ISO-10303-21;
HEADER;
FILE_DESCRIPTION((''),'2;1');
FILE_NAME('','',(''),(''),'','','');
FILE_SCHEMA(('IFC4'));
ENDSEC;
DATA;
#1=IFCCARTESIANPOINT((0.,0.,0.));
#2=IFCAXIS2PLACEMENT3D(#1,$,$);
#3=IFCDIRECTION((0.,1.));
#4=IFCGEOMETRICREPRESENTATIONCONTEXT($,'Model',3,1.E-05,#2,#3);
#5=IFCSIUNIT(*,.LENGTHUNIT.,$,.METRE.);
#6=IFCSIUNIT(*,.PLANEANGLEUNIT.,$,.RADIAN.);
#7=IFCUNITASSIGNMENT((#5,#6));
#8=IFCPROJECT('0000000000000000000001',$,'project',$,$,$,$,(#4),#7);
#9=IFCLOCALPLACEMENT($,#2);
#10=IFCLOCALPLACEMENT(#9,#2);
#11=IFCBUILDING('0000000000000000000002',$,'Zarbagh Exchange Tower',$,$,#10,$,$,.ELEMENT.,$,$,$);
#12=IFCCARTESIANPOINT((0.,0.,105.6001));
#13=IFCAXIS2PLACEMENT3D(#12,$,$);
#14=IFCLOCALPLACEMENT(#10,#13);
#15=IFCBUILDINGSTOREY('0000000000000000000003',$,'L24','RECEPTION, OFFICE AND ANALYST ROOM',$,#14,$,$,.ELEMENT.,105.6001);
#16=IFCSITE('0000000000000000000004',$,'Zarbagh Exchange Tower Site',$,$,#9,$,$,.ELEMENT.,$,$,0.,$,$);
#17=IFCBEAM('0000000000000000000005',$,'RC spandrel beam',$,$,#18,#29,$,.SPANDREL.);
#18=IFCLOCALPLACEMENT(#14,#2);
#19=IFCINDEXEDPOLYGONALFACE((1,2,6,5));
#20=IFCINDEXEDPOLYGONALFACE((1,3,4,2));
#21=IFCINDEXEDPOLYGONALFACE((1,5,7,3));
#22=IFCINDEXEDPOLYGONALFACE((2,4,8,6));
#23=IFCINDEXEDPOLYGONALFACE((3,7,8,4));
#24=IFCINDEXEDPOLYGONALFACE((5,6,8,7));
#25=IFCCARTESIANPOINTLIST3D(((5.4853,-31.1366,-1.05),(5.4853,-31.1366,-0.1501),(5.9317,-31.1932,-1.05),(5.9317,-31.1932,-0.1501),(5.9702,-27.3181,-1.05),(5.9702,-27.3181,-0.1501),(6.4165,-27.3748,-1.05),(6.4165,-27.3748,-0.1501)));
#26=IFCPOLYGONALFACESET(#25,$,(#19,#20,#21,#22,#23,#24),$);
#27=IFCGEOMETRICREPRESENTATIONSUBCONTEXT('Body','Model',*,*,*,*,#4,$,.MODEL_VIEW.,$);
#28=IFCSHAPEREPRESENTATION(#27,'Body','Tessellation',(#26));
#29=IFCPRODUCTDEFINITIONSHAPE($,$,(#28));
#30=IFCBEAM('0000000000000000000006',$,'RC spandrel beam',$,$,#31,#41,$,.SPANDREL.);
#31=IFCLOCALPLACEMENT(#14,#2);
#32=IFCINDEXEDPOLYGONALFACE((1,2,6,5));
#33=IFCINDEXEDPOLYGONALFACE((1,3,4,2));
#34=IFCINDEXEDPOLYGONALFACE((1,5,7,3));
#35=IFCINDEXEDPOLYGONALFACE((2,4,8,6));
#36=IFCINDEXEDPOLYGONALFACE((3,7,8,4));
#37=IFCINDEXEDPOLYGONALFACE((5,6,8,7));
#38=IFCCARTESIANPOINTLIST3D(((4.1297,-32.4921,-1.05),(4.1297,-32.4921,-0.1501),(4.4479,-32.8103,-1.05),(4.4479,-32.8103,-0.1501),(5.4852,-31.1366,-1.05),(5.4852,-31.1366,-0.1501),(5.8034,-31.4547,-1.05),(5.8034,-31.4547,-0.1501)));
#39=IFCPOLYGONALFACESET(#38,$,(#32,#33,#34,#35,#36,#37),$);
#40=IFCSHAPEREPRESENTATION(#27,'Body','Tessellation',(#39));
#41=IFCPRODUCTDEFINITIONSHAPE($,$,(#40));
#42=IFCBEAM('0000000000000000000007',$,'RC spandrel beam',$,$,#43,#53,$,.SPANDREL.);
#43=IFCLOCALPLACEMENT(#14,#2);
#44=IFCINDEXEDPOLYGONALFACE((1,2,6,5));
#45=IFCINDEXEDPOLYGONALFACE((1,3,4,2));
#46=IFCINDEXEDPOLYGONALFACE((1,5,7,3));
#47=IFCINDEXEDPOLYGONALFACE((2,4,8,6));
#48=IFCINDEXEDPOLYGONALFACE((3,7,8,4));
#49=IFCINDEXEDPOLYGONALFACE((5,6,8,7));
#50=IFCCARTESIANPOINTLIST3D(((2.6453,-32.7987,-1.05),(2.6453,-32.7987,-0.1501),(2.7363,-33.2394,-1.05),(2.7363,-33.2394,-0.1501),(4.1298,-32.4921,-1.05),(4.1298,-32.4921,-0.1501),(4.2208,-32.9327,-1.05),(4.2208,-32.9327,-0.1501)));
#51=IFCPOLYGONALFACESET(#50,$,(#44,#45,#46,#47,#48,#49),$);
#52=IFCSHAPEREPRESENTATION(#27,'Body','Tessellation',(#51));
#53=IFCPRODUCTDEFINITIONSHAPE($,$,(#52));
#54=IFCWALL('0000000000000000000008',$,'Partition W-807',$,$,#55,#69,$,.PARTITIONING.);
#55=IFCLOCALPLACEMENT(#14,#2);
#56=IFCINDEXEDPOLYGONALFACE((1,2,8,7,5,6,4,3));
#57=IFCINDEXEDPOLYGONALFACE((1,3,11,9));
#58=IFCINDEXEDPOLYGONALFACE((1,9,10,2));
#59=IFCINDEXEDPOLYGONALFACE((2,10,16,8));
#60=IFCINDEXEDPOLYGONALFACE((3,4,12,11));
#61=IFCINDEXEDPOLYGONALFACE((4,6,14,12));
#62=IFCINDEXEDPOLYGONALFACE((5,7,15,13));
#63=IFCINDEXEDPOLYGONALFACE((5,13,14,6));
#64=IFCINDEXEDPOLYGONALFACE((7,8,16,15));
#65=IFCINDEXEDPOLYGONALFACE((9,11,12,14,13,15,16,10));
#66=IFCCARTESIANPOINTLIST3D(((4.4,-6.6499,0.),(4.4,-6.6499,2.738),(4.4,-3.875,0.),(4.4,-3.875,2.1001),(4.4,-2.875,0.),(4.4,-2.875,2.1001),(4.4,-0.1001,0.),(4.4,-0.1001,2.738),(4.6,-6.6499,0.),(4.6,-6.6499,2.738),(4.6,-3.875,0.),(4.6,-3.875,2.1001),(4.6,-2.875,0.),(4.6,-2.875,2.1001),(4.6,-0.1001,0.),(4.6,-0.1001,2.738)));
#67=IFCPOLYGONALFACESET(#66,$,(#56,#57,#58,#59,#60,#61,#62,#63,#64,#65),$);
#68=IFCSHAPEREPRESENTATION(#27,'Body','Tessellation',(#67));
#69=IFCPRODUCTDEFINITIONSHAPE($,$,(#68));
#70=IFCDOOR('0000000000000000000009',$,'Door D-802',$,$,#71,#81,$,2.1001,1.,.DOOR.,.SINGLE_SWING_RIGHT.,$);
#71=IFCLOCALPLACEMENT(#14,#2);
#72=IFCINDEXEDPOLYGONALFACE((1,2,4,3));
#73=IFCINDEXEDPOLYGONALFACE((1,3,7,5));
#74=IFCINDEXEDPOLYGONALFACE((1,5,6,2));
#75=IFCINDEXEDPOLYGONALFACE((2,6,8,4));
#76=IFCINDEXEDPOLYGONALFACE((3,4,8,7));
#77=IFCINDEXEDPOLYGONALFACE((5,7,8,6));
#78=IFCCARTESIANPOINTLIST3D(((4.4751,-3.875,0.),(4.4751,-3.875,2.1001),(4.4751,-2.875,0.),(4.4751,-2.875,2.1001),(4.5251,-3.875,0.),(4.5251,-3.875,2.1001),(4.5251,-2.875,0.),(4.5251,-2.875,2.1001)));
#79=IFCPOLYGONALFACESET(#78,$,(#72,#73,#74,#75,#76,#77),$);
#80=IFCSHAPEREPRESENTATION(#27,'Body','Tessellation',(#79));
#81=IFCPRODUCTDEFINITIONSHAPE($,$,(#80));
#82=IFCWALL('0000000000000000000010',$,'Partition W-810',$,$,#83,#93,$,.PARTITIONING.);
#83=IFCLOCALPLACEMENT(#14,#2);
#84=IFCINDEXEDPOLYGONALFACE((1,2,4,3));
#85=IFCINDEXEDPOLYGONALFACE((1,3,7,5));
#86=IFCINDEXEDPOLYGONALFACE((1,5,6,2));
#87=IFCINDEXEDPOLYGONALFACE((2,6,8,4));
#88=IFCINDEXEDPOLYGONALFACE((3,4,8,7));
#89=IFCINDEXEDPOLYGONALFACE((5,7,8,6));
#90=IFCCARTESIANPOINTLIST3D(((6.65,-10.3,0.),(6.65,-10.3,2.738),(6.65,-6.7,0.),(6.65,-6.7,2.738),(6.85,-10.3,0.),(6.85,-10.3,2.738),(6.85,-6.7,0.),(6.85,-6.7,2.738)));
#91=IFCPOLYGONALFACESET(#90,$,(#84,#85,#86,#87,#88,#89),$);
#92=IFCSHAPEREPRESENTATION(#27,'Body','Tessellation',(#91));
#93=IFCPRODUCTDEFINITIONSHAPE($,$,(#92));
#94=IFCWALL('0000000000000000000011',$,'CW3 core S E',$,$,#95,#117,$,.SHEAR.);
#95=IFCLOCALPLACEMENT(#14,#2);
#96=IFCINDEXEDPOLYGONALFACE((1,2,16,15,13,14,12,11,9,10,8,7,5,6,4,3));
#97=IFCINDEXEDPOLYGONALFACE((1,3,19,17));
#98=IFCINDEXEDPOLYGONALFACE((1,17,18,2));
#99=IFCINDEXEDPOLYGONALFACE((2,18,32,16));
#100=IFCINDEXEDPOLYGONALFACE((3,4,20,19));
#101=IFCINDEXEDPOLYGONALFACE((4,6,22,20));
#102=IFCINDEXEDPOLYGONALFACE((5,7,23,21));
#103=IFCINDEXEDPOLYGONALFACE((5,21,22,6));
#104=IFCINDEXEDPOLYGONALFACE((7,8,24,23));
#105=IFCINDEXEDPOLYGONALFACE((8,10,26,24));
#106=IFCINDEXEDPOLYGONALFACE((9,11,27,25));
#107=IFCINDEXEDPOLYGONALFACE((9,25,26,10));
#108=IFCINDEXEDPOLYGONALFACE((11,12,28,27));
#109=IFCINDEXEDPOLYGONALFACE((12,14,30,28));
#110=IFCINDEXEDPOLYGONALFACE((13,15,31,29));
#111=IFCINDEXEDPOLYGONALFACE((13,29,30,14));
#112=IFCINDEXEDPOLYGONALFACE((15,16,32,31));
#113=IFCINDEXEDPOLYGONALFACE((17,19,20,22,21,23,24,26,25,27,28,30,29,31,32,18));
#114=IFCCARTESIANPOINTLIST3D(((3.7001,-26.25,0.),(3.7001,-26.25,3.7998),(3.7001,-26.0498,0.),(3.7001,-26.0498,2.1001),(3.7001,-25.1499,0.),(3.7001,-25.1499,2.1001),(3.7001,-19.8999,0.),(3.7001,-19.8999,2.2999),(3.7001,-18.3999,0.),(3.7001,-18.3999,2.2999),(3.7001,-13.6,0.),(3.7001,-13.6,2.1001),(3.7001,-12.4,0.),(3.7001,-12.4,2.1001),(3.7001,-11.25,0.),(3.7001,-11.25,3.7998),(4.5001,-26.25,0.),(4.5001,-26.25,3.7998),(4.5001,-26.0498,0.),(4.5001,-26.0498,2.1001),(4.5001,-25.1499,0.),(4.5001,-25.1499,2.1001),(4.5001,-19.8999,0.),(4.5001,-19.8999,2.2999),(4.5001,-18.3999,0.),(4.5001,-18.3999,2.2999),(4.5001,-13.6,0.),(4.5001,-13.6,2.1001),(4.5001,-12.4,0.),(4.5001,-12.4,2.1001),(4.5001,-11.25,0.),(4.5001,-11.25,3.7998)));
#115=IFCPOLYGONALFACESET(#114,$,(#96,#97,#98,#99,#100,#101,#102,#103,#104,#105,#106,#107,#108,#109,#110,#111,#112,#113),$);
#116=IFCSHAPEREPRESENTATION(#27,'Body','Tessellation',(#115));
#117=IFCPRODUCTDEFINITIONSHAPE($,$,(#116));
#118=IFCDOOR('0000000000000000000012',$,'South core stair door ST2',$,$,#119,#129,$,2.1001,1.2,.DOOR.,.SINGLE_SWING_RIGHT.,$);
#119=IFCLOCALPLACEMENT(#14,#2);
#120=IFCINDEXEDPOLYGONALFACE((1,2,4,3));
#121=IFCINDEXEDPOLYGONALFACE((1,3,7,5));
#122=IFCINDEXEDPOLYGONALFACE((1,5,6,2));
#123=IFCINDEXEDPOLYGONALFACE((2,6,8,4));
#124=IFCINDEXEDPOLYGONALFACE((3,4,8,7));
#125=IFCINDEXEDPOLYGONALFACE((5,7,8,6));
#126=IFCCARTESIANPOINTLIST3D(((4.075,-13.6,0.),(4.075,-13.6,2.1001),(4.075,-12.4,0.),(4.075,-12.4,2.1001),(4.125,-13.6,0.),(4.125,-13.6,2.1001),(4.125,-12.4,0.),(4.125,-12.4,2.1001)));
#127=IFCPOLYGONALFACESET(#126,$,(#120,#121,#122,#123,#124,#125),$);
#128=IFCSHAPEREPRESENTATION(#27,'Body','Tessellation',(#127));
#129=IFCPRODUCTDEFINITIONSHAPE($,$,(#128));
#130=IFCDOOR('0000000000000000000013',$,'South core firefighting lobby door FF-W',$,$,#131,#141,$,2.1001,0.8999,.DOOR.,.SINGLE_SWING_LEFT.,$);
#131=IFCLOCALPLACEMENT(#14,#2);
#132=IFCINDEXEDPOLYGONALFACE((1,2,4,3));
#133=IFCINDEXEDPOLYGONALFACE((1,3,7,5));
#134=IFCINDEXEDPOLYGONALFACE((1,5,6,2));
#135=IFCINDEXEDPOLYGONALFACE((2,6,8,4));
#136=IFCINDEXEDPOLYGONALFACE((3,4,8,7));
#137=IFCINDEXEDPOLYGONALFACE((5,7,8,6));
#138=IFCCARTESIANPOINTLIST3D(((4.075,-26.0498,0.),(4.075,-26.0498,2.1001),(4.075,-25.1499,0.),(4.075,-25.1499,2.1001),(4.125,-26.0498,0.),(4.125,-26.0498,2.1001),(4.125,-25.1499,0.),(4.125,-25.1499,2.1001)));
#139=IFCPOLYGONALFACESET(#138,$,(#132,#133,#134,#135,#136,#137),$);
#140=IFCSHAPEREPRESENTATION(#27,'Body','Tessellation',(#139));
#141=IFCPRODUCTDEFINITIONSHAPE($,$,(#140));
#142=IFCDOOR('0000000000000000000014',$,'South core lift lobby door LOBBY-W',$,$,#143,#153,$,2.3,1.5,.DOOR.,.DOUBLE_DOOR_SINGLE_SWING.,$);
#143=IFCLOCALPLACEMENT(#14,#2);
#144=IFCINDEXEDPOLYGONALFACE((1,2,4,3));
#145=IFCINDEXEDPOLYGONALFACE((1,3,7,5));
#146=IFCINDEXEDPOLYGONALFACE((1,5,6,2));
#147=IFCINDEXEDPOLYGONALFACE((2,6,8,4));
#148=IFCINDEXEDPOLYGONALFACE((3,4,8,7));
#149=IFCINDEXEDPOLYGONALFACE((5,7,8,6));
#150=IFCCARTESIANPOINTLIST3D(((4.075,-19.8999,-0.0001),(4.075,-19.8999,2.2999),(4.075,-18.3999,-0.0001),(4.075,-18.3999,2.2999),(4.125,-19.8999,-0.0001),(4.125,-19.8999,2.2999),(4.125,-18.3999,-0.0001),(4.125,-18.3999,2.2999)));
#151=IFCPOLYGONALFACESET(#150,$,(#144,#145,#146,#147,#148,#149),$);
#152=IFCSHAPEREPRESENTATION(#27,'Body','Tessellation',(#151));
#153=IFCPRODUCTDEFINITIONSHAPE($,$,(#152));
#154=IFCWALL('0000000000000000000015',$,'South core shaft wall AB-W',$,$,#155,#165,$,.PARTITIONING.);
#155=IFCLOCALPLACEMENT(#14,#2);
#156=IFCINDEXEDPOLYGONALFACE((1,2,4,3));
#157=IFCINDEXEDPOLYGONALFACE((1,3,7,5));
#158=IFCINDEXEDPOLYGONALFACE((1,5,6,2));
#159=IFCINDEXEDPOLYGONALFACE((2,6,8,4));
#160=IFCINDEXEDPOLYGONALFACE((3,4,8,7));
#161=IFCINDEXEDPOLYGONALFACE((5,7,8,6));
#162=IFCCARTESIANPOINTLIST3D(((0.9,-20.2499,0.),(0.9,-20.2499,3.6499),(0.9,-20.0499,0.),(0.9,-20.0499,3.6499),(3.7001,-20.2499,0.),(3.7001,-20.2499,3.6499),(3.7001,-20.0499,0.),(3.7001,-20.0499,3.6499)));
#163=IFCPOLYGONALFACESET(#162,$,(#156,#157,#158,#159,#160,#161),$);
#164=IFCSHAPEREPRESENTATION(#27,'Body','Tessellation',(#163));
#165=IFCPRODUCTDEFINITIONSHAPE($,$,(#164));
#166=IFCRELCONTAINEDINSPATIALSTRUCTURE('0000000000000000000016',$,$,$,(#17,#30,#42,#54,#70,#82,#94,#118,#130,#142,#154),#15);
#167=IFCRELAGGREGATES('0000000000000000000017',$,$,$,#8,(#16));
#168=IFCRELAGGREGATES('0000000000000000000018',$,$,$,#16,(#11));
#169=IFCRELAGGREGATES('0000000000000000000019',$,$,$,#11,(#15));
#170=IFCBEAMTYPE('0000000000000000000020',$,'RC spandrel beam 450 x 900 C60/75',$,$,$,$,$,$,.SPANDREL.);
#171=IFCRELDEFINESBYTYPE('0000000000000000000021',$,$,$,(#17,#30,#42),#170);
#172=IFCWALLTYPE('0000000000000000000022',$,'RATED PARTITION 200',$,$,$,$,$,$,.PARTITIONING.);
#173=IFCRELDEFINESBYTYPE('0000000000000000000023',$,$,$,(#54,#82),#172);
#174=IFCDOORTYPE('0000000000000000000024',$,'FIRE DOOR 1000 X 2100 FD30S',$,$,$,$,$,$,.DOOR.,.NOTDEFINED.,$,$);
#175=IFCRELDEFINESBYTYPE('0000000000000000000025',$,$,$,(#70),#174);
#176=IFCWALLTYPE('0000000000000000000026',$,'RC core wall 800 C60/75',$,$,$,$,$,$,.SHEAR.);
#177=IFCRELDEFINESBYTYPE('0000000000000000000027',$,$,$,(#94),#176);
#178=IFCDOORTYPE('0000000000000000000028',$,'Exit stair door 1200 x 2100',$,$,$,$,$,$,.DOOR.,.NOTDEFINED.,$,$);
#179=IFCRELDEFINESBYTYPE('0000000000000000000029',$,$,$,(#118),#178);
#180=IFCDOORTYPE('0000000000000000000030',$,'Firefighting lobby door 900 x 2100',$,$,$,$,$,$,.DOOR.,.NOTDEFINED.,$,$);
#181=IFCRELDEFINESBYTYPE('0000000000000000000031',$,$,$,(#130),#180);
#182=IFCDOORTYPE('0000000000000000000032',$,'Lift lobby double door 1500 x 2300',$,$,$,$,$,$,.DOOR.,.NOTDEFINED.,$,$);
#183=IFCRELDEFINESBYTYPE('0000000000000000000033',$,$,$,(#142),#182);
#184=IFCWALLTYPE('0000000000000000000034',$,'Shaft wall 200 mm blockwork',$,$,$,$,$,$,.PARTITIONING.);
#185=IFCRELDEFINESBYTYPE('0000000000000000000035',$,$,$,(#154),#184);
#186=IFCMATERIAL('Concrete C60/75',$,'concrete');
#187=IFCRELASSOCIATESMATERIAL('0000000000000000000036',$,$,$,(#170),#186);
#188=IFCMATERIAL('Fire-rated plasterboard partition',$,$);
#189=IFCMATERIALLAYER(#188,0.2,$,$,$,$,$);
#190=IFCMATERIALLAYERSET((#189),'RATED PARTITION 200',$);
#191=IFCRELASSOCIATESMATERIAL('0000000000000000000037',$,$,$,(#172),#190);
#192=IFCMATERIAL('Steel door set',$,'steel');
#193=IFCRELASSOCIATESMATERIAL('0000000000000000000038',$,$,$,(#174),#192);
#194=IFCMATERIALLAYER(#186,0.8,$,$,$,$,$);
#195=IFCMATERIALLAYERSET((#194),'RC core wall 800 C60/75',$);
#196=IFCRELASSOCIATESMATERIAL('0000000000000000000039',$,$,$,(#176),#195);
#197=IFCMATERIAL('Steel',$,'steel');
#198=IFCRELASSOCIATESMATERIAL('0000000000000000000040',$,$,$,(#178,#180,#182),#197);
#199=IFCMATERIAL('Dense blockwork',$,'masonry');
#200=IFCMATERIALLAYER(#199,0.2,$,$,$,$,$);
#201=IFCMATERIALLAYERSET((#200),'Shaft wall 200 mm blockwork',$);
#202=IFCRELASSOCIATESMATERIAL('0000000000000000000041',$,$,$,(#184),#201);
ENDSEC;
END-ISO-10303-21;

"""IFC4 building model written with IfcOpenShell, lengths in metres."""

from ifc_helpers import new_model, si_unit, direction, frame, frame_2d, origin, origin_2d, place, context, subcontext, project, spatial, rectangle, extrude, material, layer, layer_set, material_profile, profile_set, type_object, element, fill, save


model = new_model("IFC4")

# Units and contexts
model_context = context("Model", 3, precision=1e-05, world=origin(), true_north=direction((0.0, 1.0)))
body_context = subcontext(model_context, "Body", "Model", "MODEL_VIEW")
ifc_project = project(units=[si_unit("LENGTHUNIT", "METRE"), si_unit("PLANEANGLEUNIT", "RADIAN")], contexts=[model_context])

# Site, building, storey
site_placement = place(None, origin())
site = spatial("IfcSite", under=ifc_project, at=site_placement, Name="Zarbagh Exchange Tower Site", CompositionType="ELEMENT", RefElevation=0.0)
building_placement = place(site_placement, origin())
building = spatial("IfcBuilding", under=site, at=building_placement, Name="Zarbagh Exchange Tower", CompositionType="ELEMENT")
storey_placement = place(building_placement, frame((0.0, 0.0, 105.6001)))
storey = spatial("IfcBuildingStorey", under=building, at=storey_placement, Name="L24", Description="RECEPTION, OFFICE AND ANALYST ROOM", CompositionType="ELEMENT", Elevation=105.6001)

# Shared definitions
ifc_material_1 = material(Name="Concrete C60/75", Category="concrete")

# Beams
ifc_material_profile_1 = material_profile(ifc_material_1, rectangle(XDim=0.45, YDim=0.8999, at=origin_2d()), Name="RC spandrel beam 450 x 900 C60/75")
ifc_profile_set_1 = profile_set([ifc_material_profile_1], Name="Concrete C60/75")
beam_type_1 = type_object("IfcBeamType", Name="RC spandrel beam 450 x 900 C60/75", PredefinedType="SPANDREL", material=ifc_profile_set_1)
beam_1_placement = place(storey_placement, frame((6.1934, -27.3464, -0.6001), z_axis=(-0.125971, -0.992034, 0.0), x_axis=(0.992034, -0.125971, 0.0)))
element("IfcBeam", 1, at=beam_1_placement, inside=storey, type_object=beam_type_1, Name="RC spandrel beam", PredefinedType="SPANDREL", context=body_context, shape_type="SweptSolid", body=[
    extrude(rectangle(XDim=0.45, YDim=0.8999, at=origin_2d()), origin(), (0.0, 0.0, 1.0), 3.8491),
])
beam_2_placement = place(storey_placement, frame((5.6443, -31.2957, -0.6001), z_axis=(-0.707107, -0.707107, 0.0), x_axis=(0.707107, -0.707107, 0.0)))
element("IfcBeam", 2, at=beam_2_placement, inside=storey, type_object=beam_type_1, Name="RC spandrel beam", PredefinedType="SPANDREL", context=body_context, shape_type="SweptSolid", body=[
    extrude(rectangle(XDim=0.45, YDim=0.8999, at=origin_2d()), origin(), (0.0, 0.0, 1.0), 1.917),
])
beam_3_placement = place(storey_placement, frame((4.1753, -32.7124, -0.6001), z_axis=(-0.979329, -0.202275, 0.0), x_axis=(0.202275, -0.979329, 0.0)))
element("IfcBeam", 3, at=beam_3_placement, inside=storey, type_object=beam_type_1, Name="RC spandrel beam", PredefinedType="SPANDREL", context=body_context, shape_type="SweptSolid", body=[
    extrude(rectangle(XDim=0.45, YDim=0.8999, at=origin_2d()), origin(), (0.0, 0.0, 1.0), 1.5159),
])

# Wall, opening, door
ifc_material_2 = material(Name="Fire-rated plasterboard partition")
ifc_layer_1 = layer(ifc_material_2, 0.2)
ifc_layer_set_1 = layer_set([ifc_layer_1], Name="RATED PARTITION 200")
wall_type_1 = type_object("IfcWallType", Name="RATED PARTITION 200", PredefinedType="PARTITIONING", material=ifc_layer_set_1)
wall_1_placement = place(storey_placement, frame((4.5, -6.6499, 0.0), z_axis=(0.0, 0.0, 1.0), x_axis=(0.0, 1.0, 0.0)))
wall_1 = element("IfcWall", 4, at=wall_1_placement, inside=storey, type_object=wall_type_1, Name="Partition W-807", PredefinedType="PARTITIONING", context=body_context, shape_type="SweptSolid", body=[
    extrude(rectangle(XDim=6.5498, YDim=0.2, at=frame_2d((3.2749, 0.0))), origin(), (0.0, 0.0, 1.0), 2.738),
])
opening_1_placement = place(wall_1_placement, frame((2.7749, 0.0, 0.0)))
opening_1 = element("IfcOpeningElement", 5, at=opening_1_placement, cuts=wall_1, PredefinedType="OPENING", context=body_context, shape_type="SweptSolid", body=[
    extrude(rectangle(XDim=1.0, YDim=2.1001, at=frame_2d((0.5, 1.05))), frame((0.0, 0.1099, 0.0), z_axis=(0.0, -1.0, 0.0), x_axis=(1.0, 0.0, 0.0)), (0.0, 0.0, 1.0), 0.22),
])
ifc_material_3 = material(Name="Steel door set", Category="steel")
door_type_1 = type_object("IfcDoorType", Name="FIRE DOOR 1000 X 2100 FD30S", OperationType="NOTDEFINED", PredefinedType="DOOR", material=ifc_material_3)
door_1_placement = place(opening_1_placement, origin())
door_1 = element("IfcDoor", 6, at=door_1_placement, inside=storey, type_object=door_type_1, Name="Door D-802", OperationType="SINGLE_SWING_RIGHT", OverallHeight=2.1001, OverallWidth=1.0, PredefinedType="DOOR", context=body_context, shape_type="SweptSolid", body=[
    extrude(rectangle(XDim=1.0, YDim=2.1001, at=frame_2d((0.5, 1.05))), frame((0.0, 0.0249, 0.0), z_axis=(0.0, -1.0, 0.0), x_axis=(1.0, 0.0, 0.0)), (0.0, 0.0, 1.0), 0.05),
])
fill(opening_1, door_1)

# Wall
wall_2_placement = place(storey_placement, frame((6.75, -10.3, 0.0), z_axis=(0.0, 0.0, 1.0), x_axis=(0.0, 1.0, 0.0)))
element("IfcWall", 7, at=wall_2_placement, inside=storey, type_object=wall_type_1, Name="Partition W-810", PredefinedType="PARTITIONING", context=body_context, shape_type="SweptSolid", body=[
    extrude(rectangle(XDim=3.6001, YDim=0.2, at=frame_2d((1.8, 0.0))), origin(), (0.0, 0.0, 1.0), 2.738),
])

# Wall, openings, doors
ifc_layer_2 = layer(ifc_material_1, 0.8)
ifc_layer_set_2 = layer_set([ifc_layer_2], Name="RC core wall 800 C60/75")
wall_type_2 = type_object("IfcWallType", Name="RC core wall 800 C60/75", PredefinedType="SHEAR", material=ifc_layer_set_2)
wall_3_placement = place(storey_placement, frame((4.1001, -11.25, 0.0), z_axis=(0.0, 0.0, 1.0), x_axis=(0.0, -1.0, 0.0)))
wall_3 = element("IfcWall", 8, at=wall_3_placement, inside=storey, type_object=wall_type_2, Name="CW3 core S E", PredefinedType="SHEAR", context=body_context, shape_type="SweptSolid", body=[
    extrude(rectangle(XDim=15.0, YDim=0.8, at=frame_2d((7.5, 0.0))), origin(), (0.0, 0.0, 1.0), 3.7998),
])
opening_2_placement = place(wall_3_placement, frame((7.1499, 0.0, 0.0)))
opening_2 = element("IfcOpeningElement", 9, at=opening_2_placement, cuts=wall_3, PredefinedType="OPENING", context=body_context, shape_type="SweptSolid", body=[
    extrude(rectangle(XDim=1.5, YDim=2.3, at=frame_2d((0.75, 1.1499))), frame((0.0, 0.4099, 0.0), z_axis=(0.0, -1.0, 0.0), x_axis=(1.0, 0.0, 0.0)), (0.0, 0.0, 1.0), 0.8201),
])
opening_3_placement = place(wall_3_placement, frame((13.8999, 0.0, 0.0)))
opening_3 = element("IfcOpeningElement", 10, at=opening_3_placement, cuts=wall_3, PredefinedType="OPENING", context=body_context, shape_type="SweptSolid", body=[
    extrude(rectangle(XDim=0.8999, YDim=2.1001, at=frame_2d((0.45, 1.05))), frame((0.0, 0.4099, 0.0), z_axis=(0.0, -1.0, 0.0), x_axis=(1.0, 0.0, 0.0)), (0.0, 0.0, 1.0), 0.8201),
])
opening_4_placement = place(wall_3_placement, frame((1.1499, 0.0, 0.0)))
opening_4 = element("IfcOpeningElement", 11, at=opening_4_placement, cuts=wall_3, PredefinedType="OPENING", context=body_context, shape_type="SweptSolid", body=[
    extrude(rectangle(XDim=1.2, YDim=2.1001, at=frame_2d((0.6001, 1.05))), frame((0.0, 0.4099, 0.0), z_axis=(0.0, -1.0, 0.0), x_axis=(1.0, 0.0, 0.0)), (0.0, 0.0, 1.0), 0.8201),
])
ifc_material_4 = material(Name="Steel", Category="steel")
door_type_2 = type_object("IfcDoorType", Name="Exit stair door 1200 x 2100", OperationType="NOTDEFINED", PredefinedType="DOOR", material=ifc_material_4)
door_2_placement = place(opening_4_placement, origin())
door_2 = element("IfcDoor", 12, at=door_2_placement, inside=storey, type_object=door_type_2, Name="South core stair door ST2", OperationType="SINGLE_SWING_RIGHT", OverallHeight=2.1001, OverallWidth=1.2, PredefinedType="DOOR", context=body_context, shape_type="SweptSolid", body=[
    extrude(rectangle(XDim=1.2, YDim=2.1001, at=frame_2d((0.6001, 1.05))), frame((0.0, 0.0249, 0.0), z_axis=(0.0, -1.0, 0.0), x_axis=(1.0, 0.0, 0.0)), (0.0, 0.0, 1.0), 0.05),
])
fill(opening_4, door_2)
door_type_3 = type_object("IfcDoorType", Name="Firefighting lobby door 900 x 2100", OperationType="NOTDEFINED", PredefinedType="DOOR", material=ifc_material_4)
door_3_placement = place(opening_3_placement, origin())
door_3 = element("IfcDoor", 13, at=door_3_placement, inside=storey, type_object=door_type_3, Name="South core firefighting lobby door FF-W", OperationType="SINGLE_SWING_LEFT", OverallHeight=2.1001, OverallWidth=0.8999, PredefinedType="DOOR", context=body_context, shape_type="SweptSolid", body=[
    extrude(rectangle(XDim=0.8999, YDim=2.1001, at=frame_2d((0.45, 1.05))), frame((0.0, 0.0249, 0.0), z_axis=(0.0, -1.0, 0.0), x_axis=(1.0, 0.0, 0.0)), (0.0, 0.0, 1.0), 0.05),
])
fill(opening_3, door_3)
door_type_4 = type_object("IfcDoorType", Name="Lift lobby double door 1500 x 2300", OperationType="NOTDEFINED", PredefinedType="DOOR", material=ifc_material_4)
door_4_placement = place(opening_2_placement, origin())
door_4 = element("IfcDoor", 14, at=door_4_placement, inside=storey, type_object=door_type_4, Name="South core lift lobby door LOBBY-W", OperationType="DOUBLE_DOOR_SINGLE_SWING", OverallHeight=2.3, OverallWidth=1.5, PredefinedType="DOOR", context=body_context, shape_type="SweptSolid", body=[
    extrude(rectangle(XDim=1.5, YDim=2.3, at=frame_2d((0.75, 1.1499))), frame((0.0, 0.0249, 0.0), z_axis=(0.0, -1.0, 0.0), x_axis=(1.0, 0.0, 0.0)), (0.0, 0.0, 1.0), 0.05),
])
fill(opening_2, door_4)

# Wall
ifc_material_5 = material(Name="Dense blockwork", Category="masonry")
ifc_layer_3 = layer(ifc_material_5, 0.2)
ifc_layer_set_3 = layer_set([ifc_layer_3], Name="Shaft wall 200 mm blockwork")
wall_type_3 = type_object("IfcWallType", Name="Shaft wall 200 mm blockwork", PredefinedType="PARTITIONING", material=ifc_layer_set_3)
wall_4_placement = place(storey_placement, frame((3.7, -20.1499, 0.0), z_axis=(0.0, 0.0, 1.0), x_axis=(-1.0, 0.0, 0.0)))
element("IfcWall", 15, at=wall_4_placement, inside=storey, type_object=wall_type_3, Name="South core shaft wall AB-W", PredefinedType="PARTITIONING", context=body_context, shape_type="SweptSolid", body=[
    extrude(rectangle(XDim=2.8, YDim=0.2, at=frame_2d((1.3999, 0.0))), origin(), (0.0, 0.0, 1.0), 3.6499),
])

save(model, "model.ifc")
